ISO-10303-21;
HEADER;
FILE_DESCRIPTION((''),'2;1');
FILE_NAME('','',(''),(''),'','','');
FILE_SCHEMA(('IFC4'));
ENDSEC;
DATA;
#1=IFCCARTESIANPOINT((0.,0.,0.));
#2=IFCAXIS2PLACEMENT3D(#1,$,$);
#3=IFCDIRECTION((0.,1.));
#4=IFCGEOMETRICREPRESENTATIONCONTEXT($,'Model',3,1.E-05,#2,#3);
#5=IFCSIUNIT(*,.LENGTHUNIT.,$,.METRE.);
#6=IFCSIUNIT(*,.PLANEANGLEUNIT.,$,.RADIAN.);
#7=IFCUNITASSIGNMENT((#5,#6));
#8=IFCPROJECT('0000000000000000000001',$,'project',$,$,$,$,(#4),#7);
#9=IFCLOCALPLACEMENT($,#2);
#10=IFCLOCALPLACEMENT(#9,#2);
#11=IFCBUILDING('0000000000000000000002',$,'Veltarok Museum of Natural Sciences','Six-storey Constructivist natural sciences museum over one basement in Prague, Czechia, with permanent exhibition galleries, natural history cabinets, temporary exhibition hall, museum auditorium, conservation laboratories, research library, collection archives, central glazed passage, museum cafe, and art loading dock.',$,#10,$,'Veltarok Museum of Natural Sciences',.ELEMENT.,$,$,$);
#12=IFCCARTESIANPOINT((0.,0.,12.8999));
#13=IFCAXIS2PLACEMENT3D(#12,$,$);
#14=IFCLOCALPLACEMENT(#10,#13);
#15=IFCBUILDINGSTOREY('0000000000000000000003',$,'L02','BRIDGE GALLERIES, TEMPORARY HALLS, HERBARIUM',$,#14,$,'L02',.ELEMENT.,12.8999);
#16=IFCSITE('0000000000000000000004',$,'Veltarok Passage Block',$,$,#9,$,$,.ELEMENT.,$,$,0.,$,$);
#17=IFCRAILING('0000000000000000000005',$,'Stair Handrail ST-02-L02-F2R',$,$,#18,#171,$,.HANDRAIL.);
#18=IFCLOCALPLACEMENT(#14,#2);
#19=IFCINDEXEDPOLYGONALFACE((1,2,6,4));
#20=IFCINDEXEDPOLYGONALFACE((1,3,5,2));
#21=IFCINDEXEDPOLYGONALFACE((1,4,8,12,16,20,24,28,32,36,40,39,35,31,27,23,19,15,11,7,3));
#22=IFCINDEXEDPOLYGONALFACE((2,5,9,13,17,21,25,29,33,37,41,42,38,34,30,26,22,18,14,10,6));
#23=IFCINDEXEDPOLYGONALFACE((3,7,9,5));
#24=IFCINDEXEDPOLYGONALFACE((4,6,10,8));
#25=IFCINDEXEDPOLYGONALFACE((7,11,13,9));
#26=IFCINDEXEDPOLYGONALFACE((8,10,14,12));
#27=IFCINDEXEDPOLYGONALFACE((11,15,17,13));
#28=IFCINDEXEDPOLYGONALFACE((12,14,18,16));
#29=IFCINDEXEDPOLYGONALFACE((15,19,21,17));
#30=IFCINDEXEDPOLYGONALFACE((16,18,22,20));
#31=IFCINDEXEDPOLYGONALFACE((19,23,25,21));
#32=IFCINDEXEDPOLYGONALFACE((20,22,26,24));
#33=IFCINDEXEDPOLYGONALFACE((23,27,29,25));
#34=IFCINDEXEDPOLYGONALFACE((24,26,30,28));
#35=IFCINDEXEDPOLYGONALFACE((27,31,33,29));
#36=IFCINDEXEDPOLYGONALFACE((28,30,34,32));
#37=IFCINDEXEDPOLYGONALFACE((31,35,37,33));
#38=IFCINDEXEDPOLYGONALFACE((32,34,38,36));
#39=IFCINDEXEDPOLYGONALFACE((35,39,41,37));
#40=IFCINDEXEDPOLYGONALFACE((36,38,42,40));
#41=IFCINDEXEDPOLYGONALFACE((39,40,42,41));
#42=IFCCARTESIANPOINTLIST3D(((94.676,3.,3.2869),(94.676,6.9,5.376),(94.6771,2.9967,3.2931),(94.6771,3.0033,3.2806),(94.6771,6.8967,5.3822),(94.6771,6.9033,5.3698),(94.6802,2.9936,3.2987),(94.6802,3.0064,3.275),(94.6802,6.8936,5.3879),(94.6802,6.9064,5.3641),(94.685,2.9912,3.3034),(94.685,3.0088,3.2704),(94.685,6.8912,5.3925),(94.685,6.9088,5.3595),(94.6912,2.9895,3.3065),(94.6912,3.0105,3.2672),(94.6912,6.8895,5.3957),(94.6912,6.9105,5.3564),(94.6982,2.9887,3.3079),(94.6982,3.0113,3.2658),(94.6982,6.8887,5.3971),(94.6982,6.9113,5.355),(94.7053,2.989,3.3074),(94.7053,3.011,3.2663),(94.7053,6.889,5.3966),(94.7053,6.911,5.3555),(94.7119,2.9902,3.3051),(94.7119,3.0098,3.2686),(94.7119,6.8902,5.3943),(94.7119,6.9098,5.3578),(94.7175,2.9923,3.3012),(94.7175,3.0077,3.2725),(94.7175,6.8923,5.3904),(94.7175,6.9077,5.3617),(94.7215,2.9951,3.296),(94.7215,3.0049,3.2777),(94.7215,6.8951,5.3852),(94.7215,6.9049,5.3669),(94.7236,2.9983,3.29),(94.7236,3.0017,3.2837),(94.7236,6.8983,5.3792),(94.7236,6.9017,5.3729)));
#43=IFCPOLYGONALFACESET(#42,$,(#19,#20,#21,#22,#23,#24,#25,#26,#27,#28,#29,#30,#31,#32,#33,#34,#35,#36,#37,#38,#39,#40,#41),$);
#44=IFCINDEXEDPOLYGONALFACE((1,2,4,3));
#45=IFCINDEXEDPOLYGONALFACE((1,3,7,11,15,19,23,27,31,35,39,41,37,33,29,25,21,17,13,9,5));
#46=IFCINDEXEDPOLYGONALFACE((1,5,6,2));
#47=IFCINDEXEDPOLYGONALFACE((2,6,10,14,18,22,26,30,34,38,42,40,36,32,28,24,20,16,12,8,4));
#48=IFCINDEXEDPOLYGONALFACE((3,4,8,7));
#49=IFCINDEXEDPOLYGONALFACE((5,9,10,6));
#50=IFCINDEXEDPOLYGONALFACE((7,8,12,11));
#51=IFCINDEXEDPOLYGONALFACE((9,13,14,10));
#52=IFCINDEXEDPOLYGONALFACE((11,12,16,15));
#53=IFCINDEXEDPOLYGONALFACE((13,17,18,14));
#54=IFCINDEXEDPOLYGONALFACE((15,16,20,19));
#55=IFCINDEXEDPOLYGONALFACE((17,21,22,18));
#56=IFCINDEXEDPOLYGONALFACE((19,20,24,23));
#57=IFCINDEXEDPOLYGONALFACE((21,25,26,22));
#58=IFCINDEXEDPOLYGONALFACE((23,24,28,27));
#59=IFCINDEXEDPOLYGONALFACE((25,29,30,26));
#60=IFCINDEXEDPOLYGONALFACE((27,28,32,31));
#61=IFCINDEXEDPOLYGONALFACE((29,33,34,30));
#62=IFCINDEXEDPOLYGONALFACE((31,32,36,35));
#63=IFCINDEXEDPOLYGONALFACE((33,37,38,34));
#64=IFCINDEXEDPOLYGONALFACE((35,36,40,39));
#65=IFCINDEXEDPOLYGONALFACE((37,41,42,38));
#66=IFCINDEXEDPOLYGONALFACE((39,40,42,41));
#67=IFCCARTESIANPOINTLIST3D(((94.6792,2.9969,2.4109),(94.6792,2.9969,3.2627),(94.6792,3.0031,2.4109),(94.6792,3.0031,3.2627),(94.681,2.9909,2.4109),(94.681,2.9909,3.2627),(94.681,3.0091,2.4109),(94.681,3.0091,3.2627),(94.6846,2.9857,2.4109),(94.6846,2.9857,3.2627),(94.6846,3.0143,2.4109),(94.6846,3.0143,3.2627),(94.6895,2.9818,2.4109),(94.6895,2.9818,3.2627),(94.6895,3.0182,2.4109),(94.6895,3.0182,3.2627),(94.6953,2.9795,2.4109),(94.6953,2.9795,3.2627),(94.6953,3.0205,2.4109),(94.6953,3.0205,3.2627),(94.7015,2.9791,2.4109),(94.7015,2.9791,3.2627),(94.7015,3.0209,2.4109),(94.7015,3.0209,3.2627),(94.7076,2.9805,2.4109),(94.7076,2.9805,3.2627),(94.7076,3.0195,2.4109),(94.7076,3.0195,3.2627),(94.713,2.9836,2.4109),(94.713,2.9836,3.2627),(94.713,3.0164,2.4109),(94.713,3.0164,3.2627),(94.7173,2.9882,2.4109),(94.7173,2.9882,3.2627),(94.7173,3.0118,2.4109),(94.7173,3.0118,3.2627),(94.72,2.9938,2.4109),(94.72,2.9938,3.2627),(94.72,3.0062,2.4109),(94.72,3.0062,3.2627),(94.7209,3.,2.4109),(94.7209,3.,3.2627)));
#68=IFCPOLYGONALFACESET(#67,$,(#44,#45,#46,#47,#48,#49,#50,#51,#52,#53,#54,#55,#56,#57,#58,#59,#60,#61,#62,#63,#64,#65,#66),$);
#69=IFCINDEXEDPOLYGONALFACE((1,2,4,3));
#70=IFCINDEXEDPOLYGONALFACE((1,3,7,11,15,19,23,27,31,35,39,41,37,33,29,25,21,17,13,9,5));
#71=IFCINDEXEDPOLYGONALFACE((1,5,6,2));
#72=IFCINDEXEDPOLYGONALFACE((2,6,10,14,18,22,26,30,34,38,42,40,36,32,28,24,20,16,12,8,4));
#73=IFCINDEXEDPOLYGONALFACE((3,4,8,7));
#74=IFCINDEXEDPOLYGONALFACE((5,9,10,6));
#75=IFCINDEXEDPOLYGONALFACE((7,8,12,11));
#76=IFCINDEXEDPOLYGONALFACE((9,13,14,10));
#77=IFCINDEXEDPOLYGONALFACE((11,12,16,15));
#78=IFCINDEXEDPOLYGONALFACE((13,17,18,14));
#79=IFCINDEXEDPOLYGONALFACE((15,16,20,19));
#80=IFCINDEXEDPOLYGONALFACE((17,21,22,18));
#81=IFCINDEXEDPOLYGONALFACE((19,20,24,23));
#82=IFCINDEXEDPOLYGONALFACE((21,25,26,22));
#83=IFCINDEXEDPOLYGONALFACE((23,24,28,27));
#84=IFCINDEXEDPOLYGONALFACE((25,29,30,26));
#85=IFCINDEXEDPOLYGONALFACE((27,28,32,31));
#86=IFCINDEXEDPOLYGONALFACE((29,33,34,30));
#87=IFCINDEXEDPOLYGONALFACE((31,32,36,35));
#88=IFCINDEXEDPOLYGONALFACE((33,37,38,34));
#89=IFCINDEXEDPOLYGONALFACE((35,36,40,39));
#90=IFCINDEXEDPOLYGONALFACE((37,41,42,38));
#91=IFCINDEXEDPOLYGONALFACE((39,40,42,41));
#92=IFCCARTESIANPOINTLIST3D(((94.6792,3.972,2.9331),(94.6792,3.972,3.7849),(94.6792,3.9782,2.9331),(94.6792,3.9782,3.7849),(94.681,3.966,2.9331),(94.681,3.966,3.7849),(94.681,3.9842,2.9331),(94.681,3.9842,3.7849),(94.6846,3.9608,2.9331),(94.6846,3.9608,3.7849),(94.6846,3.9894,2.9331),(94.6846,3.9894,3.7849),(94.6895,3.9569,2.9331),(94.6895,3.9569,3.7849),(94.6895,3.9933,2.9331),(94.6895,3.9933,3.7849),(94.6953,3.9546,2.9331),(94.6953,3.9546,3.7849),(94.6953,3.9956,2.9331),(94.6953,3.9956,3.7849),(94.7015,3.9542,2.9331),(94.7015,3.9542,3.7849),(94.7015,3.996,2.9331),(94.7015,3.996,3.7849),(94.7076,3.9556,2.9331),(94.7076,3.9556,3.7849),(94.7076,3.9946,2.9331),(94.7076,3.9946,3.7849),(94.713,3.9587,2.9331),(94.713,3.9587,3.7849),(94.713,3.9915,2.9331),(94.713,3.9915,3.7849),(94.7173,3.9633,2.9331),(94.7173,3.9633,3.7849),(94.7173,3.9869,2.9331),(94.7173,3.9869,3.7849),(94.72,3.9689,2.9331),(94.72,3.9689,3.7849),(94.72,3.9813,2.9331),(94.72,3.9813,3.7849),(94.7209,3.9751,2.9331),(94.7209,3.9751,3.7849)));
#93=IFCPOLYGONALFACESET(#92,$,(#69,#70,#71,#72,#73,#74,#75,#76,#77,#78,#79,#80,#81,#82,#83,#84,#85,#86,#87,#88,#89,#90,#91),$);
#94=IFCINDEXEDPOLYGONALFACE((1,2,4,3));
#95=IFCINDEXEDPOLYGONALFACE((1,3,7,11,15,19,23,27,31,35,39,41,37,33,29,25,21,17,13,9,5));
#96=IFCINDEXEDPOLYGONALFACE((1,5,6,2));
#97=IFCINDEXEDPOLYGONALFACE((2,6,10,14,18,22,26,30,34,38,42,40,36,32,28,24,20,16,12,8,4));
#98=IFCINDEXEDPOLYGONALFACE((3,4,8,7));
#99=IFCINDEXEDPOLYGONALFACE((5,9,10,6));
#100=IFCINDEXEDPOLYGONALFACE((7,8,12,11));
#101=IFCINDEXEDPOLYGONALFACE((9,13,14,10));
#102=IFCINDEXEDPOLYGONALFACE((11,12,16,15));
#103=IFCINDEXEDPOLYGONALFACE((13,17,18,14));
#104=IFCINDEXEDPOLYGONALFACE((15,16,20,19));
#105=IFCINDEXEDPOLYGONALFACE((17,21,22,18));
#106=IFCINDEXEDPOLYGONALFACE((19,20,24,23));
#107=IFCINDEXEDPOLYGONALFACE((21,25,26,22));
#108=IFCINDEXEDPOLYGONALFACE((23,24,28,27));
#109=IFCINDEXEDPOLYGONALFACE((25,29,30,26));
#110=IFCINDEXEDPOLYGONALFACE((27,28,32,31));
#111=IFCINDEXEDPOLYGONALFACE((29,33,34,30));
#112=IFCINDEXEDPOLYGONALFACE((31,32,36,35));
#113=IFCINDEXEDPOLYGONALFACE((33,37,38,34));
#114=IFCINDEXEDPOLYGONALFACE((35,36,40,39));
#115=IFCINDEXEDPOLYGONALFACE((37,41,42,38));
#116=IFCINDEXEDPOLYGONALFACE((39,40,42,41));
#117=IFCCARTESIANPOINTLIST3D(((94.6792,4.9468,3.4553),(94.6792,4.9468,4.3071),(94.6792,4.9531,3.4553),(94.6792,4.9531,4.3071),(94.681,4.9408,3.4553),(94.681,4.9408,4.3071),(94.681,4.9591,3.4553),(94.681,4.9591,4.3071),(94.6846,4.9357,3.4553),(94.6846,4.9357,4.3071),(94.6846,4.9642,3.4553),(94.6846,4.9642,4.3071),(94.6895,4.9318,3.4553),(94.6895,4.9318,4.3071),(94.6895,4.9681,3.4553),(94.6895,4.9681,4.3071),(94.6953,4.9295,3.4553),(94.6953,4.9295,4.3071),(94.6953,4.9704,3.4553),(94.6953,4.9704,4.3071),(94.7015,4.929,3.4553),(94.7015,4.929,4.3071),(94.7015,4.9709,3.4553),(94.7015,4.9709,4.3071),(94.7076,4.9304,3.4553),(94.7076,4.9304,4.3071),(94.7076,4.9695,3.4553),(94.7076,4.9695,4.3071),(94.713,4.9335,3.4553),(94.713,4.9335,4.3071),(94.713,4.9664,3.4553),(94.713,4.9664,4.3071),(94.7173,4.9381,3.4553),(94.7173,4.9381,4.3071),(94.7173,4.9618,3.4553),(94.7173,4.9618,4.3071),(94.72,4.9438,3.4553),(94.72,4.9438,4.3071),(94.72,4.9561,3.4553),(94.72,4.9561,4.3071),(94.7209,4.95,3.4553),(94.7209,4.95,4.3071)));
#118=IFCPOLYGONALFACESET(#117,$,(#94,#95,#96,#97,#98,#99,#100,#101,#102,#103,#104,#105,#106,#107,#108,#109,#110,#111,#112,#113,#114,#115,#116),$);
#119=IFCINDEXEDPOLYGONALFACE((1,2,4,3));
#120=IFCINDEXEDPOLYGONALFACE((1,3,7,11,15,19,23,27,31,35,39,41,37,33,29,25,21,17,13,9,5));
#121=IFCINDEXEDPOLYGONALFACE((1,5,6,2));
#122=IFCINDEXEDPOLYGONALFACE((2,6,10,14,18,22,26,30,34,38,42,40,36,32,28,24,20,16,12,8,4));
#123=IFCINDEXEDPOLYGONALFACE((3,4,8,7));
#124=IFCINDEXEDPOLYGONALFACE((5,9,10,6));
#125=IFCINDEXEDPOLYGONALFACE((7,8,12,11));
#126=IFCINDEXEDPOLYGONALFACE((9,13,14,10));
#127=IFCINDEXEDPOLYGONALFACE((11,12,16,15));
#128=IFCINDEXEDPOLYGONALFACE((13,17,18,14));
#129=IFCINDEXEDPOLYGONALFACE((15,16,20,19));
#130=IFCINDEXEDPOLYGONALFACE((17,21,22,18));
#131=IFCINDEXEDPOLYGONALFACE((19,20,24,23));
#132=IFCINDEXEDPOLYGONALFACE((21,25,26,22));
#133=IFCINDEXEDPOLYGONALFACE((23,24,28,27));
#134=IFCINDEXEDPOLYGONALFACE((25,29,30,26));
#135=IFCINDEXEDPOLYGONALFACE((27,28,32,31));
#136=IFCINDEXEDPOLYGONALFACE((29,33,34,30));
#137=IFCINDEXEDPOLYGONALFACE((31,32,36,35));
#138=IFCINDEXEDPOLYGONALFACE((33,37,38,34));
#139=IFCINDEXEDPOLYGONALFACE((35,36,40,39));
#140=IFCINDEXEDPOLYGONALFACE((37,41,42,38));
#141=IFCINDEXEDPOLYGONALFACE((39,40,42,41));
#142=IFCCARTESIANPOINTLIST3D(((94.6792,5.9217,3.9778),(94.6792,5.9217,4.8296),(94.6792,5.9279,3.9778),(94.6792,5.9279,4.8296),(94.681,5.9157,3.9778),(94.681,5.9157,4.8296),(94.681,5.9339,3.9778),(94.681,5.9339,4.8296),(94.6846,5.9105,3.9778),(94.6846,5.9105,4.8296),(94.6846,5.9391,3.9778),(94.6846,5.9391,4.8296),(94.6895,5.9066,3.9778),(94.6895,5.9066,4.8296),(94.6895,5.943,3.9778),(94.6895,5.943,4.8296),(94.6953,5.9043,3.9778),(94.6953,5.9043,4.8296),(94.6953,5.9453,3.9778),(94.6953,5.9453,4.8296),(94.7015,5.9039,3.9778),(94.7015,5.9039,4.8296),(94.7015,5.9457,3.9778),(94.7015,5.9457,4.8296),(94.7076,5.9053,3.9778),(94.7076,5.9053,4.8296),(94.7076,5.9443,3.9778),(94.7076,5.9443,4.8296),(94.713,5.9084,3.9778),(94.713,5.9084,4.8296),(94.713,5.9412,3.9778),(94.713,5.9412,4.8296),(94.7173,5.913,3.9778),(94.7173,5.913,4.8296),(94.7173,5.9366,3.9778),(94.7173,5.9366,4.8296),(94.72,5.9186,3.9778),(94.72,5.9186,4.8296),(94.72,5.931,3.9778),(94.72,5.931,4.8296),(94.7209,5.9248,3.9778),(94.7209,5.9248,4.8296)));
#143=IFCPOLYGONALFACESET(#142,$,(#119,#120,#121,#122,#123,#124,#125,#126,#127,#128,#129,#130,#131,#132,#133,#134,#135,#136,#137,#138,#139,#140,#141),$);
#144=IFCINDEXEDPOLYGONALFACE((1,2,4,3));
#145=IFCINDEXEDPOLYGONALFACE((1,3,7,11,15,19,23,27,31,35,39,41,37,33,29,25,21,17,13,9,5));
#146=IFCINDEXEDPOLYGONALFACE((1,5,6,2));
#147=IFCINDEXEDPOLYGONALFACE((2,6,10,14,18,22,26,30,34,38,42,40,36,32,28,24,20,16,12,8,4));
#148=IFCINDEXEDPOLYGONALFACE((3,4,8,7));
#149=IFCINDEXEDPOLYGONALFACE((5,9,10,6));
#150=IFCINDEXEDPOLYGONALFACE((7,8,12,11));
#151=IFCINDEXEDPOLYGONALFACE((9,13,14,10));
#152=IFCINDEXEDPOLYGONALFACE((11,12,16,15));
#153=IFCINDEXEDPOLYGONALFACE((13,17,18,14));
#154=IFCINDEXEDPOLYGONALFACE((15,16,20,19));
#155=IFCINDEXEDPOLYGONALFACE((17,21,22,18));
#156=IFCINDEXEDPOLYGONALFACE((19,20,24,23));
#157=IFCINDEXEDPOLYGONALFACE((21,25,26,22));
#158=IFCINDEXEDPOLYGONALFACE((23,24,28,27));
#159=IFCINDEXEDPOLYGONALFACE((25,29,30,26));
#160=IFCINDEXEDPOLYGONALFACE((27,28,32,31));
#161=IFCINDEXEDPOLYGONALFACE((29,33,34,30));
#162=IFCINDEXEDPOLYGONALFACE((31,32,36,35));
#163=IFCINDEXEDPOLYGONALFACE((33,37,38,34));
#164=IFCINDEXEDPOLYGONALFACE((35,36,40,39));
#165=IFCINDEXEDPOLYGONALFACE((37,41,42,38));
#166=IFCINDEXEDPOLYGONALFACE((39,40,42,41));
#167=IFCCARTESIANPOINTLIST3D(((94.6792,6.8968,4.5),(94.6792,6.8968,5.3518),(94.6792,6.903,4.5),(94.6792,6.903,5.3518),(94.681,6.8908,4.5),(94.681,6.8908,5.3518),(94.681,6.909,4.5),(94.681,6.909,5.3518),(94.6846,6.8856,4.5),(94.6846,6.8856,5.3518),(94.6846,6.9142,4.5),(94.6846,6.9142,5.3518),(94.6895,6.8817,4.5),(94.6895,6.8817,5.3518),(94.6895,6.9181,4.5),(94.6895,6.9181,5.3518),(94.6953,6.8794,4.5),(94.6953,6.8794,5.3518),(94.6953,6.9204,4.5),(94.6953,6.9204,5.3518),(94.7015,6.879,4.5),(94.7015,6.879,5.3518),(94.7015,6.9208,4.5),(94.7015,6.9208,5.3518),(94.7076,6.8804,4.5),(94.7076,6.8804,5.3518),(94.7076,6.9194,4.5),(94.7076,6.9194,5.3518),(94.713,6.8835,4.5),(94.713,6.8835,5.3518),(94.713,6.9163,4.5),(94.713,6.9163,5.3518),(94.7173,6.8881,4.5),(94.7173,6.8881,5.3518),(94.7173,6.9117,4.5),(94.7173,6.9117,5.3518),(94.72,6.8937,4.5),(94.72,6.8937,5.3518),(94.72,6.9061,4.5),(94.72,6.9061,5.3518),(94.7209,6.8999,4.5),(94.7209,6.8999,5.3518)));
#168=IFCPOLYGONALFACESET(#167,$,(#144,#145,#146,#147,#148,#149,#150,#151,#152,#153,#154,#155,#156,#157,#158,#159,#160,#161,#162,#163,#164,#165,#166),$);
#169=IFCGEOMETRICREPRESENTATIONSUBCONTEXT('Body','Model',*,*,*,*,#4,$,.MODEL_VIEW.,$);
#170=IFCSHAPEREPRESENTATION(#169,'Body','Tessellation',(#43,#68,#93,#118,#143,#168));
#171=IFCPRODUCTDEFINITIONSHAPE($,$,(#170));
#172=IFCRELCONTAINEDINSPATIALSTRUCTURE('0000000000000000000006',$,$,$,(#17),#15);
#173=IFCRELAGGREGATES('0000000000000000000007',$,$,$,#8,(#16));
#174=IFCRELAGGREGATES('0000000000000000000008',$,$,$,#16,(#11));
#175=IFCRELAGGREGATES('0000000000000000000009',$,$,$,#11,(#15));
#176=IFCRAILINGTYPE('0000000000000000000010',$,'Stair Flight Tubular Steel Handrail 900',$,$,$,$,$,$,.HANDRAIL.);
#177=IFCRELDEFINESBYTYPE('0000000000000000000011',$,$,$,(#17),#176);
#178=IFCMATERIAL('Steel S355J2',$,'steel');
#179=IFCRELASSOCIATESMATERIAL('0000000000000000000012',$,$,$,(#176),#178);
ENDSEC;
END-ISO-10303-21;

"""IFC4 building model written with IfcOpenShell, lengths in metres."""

from ifc_helpers import new_model, si_unit, direction, frame, origin, origin_2d, place, context, subcontext, project, spatial, circle, extrude, material, type_object, element, save


model = new_model("IFC4")

# Units and contexts
model_context = context("Model", 3, precision=1e-05, world=origin(), true_north=direction((0.0, 1.0)))
body_context = subcontext(model_context, "Body", "Model", "MODEL_VIEW")
ifc_project = project(units=[si_unit("LENGTHUNIT", "METRE"), si_unit("PLANEANGLEUNIT", "RADIAN")], contexts=[model_context])

# Site, building, storey
site_placement = place(None, origin())
site = spatial("IfcSite", under=ifc_project, at=site_placement, Name="Veltarok Passage Block", CompositionType="ELEMENT", RefElevation=0.0)
building_placement = place(site_placement, origin())
building = spatial("IfcBuilding", under=site, at=building_placement, Name="Veltarok Museum of Natural Sciences", Description="Six-storey Constructivist natural sciences museum over one basement in Prague, Czechia, with permanent exhibition galleries, natural history cabinets, temporary exhibition hall, museum auditorium, conservation laboratories, research library, collection archives, central glazed passage, museum cafe, and art loading dock.", LongName="Veltarok Museum of Natural Sciences", CompositionType="ELEMENT")
storey_placement = place(building_placement, frame((0.0, 0.0, 12.8999)))
storey = spatial("IfcBuildingStorey", under=building, at=storey_placement, Name="L02", Description="BRIDGE GALLERIES, TEMPORARY HALLS, HERBARIUM", LongName="L02", CompositionType="ELEMENT", Elevation=12.8999)

# Shared definitions
ifc_material_1 = material(Name="Steel S355J2", Category="steel")

# Railing
railing_type_1 = type_object("IfcRailingType", Name="Stair Flight Tubular Steel Handrail 900", PredefinedType="HANDRAIL", material=ifc_material_1)
for number, where, name in (
    (1, (94.7, 3.0, 2.4109), "Stair Handrail ST-02-L02-F2R"),
):
    element("IfcRailing", number, at=place(storey_placement, frame(where)), inside=storey, type_object=railing_type_1, Name=name, PredefinedType="HANDRAIL", context=body_context, shape_type="SweptSolid", body=[
        extrude(circle(Radius=0.0239, at=origin_2d()), frame((0.0, 0.0, 0.876), z_axis=(0.0, 0.881491, 0.4722), x_axis=(-1.0, 0.0, 0.0)), (0.0, 0.0, 1.0), 4.4243),
        extrude(circle(Radius=0.021, at=origin_2d()), origin(), (0.0, 0.0, 1.0), 0.8518),
        extrude(circle(Radius=0.021, at=origin_2d()), frame((0.0, 0.9751, 0.5222)), (0.0, 0.0, 1.0), 0.8518),
        extrude(circle(Radius=0.021, at=origin_2d()), frame((0.0, 1.95, 1.0444)), (0.0, 0.0, 1.0), 0.8518),
        extrude(circle(Radius=0.021, at=origin_2d()), frame((0.0, 2.9248, 1.5669)), (0.0, 0.0, 1.0), 0.8518),
        extrude(circle(Radius=0.021, at=origin_2d()), frame((0.0, 3.8999, 2.0891)), (0.0, 0.0, 1.0), 0.8518),
    ])

save(model, "model.ifc")
